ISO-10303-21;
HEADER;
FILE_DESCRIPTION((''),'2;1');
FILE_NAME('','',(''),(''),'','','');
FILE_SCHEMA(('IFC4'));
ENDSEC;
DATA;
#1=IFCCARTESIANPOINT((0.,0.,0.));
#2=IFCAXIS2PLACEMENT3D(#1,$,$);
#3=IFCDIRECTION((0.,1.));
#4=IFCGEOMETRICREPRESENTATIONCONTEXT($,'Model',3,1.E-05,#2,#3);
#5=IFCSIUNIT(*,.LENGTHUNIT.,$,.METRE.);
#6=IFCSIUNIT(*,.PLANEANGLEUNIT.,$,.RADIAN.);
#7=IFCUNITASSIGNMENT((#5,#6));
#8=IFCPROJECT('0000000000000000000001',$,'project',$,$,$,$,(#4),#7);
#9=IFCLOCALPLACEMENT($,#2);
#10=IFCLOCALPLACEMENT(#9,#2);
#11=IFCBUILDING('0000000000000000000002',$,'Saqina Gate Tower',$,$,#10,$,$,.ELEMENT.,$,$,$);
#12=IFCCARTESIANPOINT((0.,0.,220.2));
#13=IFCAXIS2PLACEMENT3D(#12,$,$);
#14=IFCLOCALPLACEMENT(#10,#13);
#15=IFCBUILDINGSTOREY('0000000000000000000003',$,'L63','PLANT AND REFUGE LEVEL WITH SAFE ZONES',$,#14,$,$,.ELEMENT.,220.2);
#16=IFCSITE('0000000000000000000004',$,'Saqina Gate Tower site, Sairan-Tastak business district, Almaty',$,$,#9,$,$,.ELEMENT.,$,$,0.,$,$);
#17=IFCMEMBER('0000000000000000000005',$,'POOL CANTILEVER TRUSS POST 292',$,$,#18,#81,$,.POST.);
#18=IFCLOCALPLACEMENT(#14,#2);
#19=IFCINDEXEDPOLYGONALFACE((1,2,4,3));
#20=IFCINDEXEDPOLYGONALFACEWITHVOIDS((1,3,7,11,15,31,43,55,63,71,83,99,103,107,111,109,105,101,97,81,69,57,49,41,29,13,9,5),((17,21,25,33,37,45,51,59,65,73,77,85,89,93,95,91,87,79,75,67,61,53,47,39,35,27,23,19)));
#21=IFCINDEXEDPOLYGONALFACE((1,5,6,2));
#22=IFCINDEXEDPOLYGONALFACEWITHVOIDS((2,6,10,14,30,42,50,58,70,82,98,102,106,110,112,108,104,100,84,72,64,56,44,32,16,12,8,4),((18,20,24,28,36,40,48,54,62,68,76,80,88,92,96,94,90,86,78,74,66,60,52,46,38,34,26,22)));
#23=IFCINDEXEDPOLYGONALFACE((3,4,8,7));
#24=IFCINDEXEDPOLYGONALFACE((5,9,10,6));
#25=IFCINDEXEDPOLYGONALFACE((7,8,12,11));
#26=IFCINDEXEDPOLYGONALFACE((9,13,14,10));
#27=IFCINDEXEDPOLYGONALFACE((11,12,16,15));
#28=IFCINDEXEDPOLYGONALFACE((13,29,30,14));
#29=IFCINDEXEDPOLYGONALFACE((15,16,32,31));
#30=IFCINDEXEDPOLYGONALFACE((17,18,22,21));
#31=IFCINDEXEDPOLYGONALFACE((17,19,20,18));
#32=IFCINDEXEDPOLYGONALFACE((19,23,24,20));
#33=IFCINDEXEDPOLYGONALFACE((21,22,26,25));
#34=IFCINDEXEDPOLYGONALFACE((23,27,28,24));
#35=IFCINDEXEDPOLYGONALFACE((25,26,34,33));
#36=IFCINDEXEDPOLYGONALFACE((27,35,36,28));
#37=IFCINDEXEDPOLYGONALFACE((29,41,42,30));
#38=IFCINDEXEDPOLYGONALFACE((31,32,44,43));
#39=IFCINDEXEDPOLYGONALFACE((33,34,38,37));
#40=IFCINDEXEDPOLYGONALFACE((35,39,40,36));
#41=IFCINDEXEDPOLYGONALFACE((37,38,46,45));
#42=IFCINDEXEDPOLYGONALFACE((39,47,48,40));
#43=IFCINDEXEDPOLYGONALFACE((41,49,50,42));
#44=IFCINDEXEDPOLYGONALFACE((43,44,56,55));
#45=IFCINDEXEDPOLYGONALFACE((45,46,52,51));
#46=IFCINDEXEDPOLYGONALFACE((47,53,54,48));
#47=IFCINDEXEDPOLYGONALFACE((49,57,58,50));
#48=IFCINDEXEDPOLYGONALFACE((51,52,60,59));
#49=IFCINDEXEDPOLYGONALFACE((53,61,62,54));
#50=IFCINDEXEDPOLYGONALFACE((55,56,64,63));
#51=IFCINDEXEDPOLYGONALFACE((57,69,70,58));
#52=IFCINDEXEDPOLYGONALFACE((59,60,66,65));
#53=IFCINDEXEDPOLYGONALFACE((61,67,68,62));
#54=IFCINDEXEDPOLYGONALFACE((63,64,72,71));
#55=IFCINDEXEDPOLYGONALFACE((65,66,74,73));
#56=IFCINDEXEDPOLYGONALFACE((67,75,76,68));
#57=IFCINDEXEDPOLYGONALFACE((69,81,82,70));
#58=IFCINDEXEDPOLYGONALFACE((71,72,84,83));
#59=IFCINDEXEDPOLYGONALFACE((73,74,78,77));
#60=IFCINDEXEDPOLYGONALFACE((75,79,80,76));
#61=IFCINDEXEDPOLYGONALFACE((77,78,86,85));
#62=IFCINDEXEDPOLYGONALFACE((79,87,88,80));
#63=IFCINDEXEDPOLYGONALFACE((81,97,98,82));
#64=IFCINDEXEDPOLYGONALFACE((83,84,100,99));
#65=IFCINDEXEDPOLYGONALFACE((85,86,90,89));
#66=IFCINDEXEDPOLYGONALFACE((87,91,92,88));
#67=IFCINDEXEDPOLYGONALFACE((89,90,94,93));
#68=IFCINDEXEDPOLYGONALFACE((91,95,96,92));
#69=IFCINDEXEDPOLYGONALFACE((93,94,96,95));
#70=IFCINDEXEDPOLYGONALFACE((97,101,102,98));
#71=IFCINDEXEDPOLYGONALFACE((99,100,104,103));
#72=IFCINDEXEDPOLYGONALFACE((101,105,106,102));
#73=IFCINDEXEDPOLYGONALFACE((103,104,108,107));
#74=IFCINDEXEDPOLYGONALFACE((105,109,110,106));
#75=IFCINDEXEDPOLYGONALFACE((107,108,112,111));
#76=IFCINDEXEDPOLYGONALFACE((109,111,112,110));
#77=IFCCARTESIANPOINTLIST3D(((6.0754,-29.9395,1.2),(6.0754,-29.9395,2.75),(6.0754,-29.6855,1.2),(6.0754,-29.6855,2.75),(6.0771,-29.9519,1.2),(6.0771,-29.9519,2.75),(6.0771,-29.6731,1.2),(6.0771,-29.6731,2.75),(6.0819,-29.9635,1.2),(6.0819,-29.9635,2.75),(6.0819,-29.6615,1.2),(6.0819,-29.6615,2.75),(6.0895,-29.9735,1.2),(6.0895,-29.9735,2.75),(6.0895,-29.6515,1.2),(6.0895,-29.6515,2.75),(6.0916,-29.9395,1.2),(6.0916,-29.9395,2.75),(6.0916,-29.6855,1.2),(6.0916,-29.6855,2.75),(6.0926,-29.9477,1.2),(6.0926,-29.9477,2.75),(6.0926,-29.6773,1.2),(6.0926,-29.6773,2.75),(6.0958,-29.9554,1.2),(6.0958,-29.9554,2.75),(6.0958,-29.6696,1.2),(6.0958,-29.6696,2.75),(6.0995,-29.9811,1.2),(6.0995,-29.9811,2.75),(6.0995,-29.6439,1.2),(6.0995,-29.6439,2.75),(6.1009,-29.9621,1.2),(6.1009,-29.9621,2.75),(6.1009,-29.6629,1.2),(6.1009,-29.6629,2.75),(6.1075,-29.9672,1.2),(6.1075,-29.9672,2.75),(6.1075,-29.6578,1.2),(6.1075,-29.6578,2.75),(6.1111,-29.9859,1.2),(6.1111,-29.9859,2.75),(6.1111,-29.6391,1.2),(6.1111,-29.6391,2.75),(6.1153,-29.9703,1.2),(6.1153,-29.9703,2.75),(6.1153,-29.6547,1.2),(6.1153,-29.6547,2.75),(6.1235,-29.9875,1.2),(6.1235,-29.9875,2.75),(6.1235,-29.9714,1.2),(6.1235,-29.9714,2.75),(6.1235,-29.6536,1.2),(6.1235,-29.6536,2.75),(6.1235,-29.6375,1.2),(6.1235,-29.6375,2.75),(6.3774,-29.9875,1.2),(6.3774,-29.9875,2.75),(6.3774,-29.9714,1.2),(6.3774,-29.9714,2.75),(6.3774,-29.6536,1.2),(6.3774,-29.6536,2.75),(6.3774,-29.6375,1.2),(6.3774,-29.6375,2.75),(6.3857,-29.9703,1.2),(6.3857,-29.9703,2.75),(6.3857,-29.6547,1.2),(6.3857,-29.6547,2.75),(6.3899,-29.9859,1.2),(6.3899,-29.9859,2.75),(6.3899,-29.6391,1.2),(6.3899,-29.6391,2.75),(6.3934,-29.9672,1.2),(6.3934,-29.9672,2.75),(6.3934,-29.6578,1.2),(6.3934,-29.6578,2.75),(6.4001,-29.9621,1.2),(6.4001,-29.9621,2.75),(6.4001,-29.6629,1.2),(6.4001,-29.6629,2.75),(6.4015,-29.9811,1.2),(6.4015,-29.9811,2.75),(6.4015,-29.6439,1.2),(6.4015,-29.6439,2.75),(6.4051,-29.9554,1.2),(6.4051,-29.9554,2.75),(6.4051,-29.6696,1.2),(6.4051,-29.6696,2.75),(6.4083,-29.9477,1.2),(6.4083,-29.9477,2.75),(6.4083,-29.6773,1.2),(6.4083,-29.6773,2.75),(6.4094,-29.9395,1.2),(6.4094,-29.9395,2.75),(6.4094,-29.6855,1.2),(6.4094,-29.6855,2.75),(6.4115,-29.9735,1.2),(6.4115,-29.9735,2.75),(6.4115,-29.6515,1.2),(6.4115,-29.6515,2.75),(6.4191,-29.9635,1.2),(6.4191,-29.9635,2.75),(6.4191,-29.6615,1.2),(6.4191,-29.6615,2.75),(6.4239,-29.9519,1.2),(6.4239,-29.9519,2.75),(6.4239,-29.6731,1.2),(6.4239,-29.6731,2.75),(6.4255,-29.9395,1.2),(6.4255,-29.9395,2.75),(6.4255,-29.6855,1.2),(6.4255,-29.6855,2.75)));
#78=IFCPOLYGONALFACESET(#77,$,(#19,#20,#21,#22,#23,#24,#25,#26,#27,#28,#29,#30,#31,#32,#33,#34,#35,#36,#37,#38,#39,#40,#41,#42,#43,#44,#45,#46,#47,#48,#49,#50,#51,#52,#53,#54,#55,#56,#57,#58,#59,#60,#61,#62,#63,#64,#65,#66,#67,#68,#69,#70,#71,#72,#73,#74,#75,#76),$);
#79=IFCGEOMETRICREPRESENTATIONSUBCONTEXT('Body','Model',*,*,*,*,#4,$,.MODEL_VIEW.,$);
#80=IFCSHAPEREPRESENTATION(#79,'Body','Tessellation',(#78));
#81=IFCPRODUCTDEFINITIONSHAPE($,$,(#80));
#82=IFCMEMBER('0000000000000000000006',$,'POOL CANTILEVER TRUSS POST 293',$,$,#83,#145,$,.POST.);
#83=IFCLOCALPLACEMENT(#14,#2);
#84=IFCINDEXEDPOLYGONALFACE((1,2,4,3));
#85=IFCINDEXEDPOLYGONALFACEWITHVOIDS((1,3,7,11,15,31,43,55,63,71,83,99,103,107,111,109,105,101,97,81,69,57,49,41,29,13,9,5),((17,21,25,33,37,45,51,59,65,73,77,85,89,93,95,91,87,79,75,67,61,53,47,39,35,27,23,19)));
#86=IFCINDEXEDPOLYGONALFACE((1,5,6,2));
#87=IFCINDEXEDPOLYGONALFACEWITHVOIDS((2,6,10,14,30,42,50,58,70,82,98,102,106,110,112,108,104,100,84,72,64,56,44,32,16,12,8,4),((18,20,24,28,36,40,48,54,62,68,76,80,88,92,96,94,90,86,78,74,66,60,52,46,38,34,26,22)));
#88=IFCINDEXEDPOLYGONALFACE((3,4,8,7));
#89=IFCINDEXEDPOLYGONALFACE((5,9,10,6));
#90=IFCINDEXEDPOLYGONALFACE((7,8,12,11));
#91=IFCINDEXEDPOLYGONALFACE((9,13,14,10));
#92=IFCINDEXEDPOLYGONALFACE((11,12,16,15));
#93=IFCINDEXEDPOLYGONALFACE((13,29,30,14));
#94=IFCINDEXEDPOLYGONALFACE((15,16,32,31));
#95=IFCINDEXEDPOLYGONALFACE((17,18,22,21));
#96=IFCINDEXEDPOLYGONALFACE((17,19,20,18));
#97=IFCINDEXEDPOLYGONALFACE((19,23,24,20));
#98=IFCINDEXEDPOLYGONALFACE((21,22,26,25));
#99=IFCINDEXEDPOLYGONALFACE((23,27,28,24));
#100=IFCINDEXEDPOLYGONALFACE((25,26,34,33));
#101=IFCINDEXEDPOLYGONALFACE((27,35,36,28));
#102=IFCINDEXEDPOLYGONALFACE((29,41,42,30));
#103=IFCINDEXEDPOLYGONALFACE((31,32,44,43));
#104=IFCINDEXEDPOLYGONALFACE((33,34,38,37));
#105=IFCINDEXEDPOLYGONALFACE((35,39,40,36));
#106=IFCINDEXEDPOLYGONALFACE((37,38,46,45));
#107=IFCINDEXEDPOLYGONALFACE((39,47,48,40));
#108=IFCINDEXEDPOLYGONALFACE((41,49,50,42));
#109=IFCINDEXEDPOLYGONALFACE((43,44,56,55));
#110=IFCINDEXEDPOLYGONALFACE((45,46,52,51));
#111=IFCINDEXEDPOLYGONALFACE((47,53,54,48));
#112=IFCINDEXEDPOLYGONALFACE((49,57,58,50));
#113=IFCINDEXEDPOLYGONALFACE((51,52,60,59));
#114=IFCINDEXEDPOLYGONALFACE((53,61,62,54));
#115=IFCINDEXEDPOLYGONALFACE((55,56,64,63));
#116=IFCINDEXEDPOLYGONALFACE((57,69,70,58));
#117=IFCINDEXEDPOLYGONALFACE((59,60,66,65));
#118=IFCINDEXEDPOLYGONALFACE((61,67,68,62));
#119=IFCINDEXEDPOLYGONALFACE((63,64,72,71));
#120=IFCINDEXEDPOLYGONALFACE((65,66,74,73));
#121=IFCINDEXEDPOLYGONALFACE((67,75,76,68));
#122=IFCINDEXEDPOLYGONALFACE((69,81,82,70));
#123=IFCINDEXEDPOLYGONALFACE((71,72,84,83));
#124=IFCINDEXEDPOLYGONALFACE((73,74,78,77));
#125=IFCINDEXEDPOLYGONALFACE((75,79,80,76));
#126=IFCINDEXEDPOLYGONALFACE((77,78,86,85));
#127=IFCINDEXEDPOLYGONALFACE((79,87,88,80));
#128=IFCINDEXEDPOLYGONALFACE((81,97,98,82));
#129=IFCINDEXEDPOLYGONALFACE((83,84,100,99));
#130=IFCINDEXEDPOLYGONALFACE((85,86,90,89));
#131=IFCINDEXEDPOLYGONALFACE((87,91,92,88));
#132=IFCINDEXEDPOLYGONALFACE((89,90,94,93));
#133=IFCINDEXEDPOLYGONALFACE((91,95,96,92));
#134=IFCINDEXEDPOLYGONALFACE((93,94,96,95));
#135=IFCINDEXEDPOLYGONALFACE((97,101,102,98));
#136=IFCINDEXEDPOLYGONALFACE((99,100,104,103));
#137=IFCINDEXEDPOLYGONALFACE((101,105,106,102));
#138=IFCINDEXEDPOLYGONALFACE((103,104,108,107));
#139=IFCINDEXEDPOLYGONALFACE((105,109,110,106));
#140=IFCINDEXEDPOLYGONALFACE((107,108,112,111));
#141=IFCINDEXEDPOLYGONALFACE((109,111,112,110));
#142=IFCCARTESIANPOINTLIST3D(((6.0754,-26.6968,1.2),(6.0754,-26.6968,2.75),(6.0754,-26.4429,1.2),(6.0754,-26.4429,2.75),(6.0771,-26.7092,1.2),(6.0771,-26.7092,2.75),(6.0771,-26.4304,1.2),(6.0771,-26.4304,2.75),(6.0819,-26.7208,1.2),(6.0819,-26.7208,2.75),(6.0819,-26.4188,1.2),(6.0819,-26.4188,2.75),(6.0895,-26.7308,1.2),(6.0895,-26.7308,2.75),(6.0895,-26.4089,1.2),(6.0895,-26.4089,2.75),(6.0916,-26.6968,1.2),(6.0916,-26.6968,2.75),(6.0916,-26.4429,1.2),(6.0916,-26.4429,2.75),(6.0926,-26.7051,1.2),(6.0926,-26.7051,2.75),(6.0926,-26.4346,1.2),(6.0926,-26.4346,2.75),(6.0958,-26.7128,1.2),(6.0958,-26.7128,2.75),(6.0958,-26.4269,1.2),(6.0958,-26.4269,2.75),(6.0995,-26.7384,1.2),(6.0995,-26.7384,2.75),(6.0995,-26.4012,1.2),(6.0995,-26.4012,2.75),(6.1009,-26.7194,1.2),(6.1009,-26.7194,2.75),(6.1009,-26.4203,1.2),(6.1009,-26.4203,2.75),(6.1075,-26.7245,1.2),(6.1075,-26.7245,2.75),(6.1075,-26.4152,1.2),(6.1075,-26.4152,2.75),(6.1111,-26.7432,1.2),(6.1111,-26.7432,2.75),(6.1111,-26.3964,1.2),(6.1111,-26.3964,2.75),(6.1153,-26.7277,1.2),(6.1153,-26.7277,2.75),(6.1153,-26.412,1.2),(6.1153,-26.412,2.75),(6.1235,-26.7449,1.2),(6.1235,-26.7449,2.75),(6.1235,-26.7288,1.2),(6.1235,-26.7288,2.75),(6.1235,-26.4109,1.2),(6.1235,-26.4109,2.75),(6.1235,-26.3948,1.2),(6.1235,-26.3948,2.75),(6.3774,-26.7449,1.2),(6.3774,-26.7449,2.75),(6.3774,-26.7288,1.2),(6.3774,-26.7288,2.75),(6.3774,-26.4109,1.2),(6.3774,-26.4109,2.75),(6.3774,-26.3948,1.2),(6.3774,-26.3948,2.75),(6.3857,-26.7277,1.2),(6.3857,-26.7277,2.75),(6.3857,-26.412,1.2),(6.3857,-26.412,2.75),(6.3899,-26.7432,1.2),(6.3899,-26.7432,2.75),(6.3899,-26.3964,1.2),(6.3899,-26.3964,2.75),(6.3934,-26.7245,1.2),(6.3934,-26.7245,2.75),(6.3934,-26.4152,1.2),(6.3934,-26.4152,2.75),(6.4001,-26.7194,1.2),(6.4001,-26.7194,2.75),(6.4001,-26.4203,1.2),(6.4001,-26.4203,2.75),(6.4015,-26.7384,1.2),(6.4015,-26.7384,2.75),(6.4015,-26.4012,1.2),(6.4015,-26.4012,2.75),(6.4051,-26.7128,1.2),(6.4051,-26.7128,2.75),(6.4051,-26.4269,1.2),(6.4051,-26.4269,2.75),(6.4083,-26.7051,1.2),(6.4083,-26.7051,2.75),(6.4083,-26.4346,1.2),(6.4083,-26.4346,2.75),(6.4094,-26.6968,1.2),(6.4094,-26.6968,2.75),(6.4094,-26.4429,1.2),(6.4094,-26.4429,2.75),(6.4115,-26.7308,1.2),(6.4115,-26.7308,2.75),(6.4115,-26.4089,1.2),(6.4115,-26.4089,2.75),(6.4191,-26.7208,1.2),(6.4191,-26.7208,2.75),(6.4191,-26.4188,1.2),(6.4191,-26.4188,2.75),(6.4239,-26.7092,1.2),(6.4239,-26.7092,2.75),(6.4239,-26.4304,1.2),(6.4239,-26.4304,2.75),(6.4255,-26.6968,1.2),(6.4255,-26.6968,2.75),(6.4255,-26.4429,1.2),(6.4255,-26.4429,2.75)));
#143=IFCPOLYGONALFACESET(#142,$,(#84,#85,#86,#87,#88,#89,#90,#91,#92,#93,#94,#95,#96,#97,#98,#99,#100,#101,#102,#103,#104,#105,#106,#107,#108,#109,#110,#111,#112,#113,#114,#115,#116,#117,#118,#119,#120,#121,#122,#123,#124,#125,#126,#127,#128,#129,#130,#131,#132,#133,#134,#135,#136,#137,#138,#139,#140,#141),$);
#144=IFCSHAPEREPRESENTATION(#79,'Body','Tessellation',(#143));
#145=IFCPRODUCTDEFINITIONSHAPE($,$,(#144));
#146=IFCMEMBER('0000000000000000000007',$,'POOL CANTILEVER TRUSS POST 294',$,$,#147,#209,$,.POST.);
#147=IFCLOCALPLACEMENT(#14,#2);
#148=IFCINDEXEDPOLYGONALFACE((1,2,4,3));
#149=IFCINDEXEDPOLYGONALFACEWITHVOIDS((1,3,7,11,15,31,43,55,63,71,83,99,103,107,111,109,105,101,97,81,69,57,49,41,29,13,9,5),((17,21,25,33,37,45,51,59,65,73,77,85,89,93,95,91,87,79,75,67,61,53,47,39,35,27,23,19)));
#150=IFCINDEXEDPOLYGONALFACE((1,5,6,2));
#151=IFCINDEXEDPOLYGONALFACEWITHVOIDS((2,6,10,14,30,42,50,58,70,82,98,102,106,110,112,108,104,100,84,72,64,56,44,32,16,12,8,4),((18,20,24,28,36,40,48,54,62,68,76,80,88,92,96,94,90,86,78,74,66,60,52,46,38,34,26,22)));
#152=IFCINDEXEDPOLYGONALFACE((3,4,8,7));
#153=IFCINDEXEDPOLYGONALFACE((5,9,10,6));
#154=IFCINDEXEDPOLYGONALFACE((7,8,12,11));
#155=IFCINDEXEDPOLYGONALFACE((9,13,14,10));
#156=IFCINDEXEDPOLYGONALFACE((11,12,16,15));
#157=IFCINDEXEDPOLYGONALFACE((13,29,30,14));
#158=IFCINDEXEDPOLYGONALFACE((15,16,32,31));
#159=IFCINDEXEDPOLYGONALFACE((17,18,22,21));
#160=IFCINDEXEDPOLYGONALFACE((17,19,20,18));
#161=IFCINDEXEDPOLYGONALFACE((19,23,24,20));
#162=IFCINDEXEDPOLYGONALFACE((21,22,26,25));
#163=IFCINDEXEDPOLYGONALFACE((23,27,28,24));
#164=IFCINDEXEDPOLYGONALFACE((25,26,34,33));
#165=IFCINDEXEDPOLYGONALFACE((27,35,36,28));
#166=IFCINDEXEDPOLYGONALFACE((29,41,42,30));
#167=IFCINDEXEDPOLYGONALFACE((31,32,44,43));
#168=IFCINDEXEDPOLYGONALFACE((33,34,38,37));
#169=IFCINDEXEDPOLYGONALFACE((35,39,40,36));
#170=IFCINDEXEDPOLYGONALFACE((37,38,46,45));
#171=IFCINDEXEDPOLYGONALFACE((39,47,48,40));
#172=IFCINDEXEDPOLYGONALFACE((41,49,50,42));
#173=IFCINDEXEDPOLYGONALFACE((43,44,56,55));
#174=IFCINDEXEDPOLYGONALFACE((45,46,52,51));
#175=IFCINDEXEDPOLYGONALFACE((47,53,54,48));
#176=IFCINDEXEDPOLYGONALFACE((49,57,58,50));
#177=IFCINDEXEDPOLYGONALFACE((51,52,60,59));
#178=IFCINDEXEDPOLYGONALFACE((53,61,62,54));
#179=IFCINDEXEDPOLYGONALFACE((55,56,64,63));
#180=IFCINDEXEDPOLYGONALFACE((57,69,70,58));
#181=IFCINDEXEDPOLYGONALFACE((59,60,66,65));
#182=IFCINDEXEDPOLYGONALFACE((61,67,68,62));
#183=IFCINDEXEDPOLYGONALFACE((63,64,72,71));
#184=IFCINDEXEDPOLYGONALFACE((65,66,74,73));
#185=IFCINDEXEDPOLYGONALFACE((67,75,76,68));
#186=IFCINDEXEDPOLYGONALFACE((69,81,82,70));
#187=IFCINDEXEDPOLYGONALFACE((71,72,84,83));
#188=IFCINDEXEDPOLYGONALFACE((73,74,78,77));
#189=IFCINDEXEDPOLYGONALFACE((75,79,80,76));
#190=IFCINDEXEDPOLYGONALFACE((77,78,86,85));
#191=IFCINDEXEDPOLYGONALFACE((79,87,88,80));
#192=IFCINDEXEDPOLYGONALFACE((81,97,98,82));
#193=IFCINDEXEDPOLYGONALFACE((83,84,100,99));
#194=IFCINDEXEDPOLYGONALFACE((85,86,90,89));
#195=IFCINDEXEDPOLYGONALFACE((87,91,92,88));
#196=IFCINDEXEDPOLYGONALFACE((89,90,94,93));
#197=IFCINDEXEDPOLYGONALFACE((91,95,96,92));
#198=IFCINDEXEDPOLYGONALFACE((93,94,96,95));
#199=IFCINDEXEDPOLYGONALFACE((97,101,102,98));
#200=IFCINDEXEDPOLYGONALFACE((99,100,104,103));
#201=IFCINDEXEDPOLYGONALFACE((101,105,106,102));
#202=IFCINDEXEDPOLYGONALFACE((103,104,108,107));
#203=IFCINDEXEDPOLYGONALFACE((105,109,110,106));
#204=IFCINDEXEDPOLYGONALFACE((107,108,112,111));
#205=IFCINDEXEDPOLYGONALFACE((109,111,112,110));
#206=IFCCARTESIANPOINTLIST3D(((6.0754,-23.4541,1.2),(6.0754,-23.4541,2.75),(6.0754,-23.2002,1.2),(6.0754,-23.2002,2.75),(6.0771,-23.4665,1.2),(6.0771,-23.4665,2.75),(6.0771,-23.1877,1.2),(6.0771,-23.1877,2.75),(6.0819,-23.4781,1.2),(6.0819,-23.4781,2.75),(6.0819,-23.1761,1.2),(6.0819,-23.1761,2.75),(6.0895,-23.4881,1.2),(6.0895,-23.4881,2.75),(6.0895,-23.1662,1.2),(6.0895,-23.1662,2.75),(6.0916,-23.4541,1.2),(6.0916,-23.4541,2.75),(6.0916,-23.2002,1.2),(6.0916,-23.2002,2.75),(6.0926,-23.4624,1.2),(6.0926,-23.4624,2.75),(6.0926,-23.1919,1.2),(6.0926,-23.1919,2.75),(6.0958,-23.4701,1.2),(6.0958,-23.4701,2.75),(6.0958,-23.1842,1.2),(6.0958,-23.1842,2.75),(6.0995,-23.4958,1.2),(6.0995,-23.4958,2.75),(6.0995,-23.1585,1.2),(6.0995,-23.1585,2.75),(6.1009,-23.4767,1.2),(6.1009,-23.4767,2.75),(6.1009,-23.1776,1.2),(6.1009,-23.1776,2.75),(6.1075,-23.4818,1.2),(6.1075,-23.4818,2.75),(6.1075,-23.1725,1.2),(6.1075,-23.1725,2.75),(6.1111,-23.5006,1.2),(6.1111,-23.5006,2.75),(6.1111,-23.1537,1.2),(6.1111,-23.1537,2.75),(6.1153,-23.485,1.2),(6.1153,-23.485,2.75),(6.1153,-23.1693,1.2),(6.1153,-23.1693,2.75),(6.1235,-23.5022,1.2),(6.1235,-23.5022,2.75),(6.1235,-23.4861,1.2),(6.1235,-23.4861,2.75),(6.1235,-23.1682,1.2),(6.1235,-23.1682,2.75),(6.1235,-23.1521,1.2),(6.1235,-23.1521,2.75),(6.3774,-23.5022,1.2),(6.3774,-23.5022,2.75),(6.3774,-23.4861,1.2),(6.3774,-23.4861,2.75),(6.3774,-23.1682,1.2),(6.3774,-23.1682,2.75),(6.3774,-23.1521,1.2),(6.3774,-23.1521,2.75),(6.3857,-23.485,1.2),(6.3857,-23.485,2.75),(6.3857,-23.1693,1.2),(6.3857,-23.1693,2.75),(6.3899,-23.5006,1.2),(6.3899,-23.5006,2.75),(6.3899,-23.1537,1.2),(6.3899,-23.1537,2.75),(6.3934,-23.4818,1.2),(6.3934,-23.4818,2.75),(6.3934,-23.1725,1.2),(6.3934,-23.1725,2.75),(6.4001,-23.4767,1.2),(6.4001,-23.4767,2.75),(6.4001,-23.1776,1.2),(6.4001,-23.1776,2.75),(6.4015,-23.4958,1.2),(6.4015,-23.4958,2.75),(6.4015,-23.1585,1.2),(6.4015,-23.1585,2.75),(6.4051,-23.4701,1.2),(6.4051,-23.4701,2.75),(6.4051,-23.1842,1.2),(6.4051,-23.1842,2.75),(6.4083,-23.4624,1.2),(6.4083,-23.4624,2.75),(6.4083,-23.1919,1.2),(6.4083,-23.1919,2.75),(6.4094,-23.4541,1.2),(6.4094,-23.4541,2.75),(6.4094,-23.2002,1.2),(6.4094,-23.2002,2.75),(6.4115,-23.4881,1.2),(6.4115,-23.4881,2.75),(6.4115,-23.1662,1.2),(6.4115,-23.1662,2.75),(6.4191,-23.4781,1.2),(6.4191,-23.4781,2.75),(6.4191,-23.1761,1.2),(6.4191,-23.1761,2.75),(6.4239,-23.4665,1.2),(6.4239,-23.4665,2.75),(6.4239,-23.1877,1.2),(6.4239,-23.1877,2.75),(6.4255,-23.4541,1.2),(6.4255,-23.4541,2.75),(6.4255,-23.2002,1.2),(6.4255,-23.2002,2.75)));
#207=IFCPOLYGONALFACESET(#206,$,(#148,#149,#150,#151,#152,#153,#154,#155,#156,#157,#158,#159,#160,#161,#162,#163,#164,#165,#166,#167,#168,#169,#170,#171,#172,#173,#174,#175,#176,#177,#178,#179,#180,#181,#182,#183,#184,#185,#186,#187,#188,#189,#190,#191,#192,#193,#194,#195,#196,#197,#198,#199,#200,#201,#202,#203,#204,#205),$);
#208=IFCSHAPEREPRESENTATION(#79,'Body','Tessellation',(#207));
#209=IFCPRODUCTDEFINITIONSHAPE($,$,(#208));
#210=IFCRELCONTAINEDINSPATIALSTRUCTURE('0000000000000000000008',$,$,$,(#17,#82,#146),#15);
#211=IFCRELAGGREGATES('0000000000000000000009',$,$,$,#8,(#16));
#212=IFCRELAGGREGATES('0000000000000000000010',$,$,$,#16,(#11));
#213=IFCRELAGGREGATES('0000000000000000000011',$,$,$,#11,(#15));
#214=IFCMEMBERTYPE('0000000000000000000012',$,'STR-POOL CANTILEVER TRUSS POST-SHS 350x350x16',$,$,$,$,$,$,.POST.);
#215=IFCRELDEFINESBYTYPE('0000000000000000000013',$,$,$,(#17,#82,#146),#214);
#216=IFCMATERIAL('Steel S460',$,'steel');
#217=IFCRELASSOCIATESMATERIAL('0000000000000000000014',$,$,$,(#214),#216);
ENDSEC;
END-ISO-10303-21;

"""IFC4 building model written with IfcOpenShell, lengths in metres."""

from ifc_helpers import new_model, si_unit, direction, frame, origin, origin_2d, place, context, subcontext, project, spatial, hollow_rectangle, extrude, material, material_profile, profile_set, type_object, element, save


model = new_model("IFC4")

# Units and contexts
model_context = context("Model", 3, precision=1e-05, world=origin(), true_north=direction((0.0, 1.0)))
body_context = subcontext(model_context, "Body", "Model", "MODEL_VIEW")
ifc_project = project(units=[si_unit("LENGTHUNIT", "METRE"), si_unit("PLANEANGLEUNIT", "RADIAN")], contexts=[model_context])

# Site, building, storey
site_placement = place(None, origin())
site = spatial("IfcSite", under=ifc_project, at=site_placement, Name="Saqina Gate Tower site, Sairan-Tastak business district, Almaty", CompositionType="ELEMENT", RefElevation=0.0)
building_placement = place(site_placement, origin())
building = spatial("IfcBuilding", under=site, at=building_placement, Name="Saqina Gate Tower", CompositionType="ELEMENT")
storey_placement = place(building_placement, frame((0.0, 0.0, 220.2)))
storey = spatial("IfcBuildingStorey", under=building, at=storey_placement, Name="L63", Description="PLANT AND REFUGE LEVEL WITH SAFE ZONES", CompositionType="ELEMENT", Elevation=220.2)

# Members
ifc_material_1 = material(Name="Steel S460", Category="steel")
ifc_material_profile_1 = material_profile(ifc_material_1, hollow_rectangle(XDim=0.3501, YDim=0.3501, WallThickness=0.0161, InnerFilletRadius=0.032, OuterFilletRadius=0.0481, at=origin_2d()), Name="SHS 350x350x16")
ifc_profile_set_1 = profile_set([ifc_material_profile_1], Name="Steel S460")
member_type_1 = type_object("IfcMemberType", Name="STR-POOL CANTILEVER TRUSS POST-SHS 350x350x16", PredefinedType="POST", material=ifc_profile_set_1)
for number, where, z_axis, x_axis, name in (
    (1, (6.2505, -29.8125, 1.2), (0.0, 0.0, 1.0), (1.0, 0.0, 0.0), "POOL CANTILEVER TRUSS POST 292"),
    (2, (6.2505, -26.5698, 1.2), (0.0, 0.0, 1.0), (1.0, 0.0, 0.0), "POOL CANTILEVER TRUSS POST 293"),
    (3, (6.2505, -23.3271, 1.2), (0.0, 0.0, 1.0), (1.0, 0.0, 0.0), "POOL CANTILEVER TRUSS POST 294"),
):
    element("IfcMember", number, at=place(storey_placement, frame(where, z_axis=z_axis, x_axis=x_axis)), inside=storey, type_object=member_type_1, Name=name, PredefinedType="POST", context=body_context, shape_type="SweptSolid", body=[
        extrude(hollow_rectangle(XDim=0.3501, YDim=0.3501, WallThickness=0.0161, InnerFilletRadius=0.032, OuterFilletRadius=0.0481, at=origin_2d()), origin(), (0.0, 0.0, 1.0), 1.55),
    ])

save(model, "model.ifc")
